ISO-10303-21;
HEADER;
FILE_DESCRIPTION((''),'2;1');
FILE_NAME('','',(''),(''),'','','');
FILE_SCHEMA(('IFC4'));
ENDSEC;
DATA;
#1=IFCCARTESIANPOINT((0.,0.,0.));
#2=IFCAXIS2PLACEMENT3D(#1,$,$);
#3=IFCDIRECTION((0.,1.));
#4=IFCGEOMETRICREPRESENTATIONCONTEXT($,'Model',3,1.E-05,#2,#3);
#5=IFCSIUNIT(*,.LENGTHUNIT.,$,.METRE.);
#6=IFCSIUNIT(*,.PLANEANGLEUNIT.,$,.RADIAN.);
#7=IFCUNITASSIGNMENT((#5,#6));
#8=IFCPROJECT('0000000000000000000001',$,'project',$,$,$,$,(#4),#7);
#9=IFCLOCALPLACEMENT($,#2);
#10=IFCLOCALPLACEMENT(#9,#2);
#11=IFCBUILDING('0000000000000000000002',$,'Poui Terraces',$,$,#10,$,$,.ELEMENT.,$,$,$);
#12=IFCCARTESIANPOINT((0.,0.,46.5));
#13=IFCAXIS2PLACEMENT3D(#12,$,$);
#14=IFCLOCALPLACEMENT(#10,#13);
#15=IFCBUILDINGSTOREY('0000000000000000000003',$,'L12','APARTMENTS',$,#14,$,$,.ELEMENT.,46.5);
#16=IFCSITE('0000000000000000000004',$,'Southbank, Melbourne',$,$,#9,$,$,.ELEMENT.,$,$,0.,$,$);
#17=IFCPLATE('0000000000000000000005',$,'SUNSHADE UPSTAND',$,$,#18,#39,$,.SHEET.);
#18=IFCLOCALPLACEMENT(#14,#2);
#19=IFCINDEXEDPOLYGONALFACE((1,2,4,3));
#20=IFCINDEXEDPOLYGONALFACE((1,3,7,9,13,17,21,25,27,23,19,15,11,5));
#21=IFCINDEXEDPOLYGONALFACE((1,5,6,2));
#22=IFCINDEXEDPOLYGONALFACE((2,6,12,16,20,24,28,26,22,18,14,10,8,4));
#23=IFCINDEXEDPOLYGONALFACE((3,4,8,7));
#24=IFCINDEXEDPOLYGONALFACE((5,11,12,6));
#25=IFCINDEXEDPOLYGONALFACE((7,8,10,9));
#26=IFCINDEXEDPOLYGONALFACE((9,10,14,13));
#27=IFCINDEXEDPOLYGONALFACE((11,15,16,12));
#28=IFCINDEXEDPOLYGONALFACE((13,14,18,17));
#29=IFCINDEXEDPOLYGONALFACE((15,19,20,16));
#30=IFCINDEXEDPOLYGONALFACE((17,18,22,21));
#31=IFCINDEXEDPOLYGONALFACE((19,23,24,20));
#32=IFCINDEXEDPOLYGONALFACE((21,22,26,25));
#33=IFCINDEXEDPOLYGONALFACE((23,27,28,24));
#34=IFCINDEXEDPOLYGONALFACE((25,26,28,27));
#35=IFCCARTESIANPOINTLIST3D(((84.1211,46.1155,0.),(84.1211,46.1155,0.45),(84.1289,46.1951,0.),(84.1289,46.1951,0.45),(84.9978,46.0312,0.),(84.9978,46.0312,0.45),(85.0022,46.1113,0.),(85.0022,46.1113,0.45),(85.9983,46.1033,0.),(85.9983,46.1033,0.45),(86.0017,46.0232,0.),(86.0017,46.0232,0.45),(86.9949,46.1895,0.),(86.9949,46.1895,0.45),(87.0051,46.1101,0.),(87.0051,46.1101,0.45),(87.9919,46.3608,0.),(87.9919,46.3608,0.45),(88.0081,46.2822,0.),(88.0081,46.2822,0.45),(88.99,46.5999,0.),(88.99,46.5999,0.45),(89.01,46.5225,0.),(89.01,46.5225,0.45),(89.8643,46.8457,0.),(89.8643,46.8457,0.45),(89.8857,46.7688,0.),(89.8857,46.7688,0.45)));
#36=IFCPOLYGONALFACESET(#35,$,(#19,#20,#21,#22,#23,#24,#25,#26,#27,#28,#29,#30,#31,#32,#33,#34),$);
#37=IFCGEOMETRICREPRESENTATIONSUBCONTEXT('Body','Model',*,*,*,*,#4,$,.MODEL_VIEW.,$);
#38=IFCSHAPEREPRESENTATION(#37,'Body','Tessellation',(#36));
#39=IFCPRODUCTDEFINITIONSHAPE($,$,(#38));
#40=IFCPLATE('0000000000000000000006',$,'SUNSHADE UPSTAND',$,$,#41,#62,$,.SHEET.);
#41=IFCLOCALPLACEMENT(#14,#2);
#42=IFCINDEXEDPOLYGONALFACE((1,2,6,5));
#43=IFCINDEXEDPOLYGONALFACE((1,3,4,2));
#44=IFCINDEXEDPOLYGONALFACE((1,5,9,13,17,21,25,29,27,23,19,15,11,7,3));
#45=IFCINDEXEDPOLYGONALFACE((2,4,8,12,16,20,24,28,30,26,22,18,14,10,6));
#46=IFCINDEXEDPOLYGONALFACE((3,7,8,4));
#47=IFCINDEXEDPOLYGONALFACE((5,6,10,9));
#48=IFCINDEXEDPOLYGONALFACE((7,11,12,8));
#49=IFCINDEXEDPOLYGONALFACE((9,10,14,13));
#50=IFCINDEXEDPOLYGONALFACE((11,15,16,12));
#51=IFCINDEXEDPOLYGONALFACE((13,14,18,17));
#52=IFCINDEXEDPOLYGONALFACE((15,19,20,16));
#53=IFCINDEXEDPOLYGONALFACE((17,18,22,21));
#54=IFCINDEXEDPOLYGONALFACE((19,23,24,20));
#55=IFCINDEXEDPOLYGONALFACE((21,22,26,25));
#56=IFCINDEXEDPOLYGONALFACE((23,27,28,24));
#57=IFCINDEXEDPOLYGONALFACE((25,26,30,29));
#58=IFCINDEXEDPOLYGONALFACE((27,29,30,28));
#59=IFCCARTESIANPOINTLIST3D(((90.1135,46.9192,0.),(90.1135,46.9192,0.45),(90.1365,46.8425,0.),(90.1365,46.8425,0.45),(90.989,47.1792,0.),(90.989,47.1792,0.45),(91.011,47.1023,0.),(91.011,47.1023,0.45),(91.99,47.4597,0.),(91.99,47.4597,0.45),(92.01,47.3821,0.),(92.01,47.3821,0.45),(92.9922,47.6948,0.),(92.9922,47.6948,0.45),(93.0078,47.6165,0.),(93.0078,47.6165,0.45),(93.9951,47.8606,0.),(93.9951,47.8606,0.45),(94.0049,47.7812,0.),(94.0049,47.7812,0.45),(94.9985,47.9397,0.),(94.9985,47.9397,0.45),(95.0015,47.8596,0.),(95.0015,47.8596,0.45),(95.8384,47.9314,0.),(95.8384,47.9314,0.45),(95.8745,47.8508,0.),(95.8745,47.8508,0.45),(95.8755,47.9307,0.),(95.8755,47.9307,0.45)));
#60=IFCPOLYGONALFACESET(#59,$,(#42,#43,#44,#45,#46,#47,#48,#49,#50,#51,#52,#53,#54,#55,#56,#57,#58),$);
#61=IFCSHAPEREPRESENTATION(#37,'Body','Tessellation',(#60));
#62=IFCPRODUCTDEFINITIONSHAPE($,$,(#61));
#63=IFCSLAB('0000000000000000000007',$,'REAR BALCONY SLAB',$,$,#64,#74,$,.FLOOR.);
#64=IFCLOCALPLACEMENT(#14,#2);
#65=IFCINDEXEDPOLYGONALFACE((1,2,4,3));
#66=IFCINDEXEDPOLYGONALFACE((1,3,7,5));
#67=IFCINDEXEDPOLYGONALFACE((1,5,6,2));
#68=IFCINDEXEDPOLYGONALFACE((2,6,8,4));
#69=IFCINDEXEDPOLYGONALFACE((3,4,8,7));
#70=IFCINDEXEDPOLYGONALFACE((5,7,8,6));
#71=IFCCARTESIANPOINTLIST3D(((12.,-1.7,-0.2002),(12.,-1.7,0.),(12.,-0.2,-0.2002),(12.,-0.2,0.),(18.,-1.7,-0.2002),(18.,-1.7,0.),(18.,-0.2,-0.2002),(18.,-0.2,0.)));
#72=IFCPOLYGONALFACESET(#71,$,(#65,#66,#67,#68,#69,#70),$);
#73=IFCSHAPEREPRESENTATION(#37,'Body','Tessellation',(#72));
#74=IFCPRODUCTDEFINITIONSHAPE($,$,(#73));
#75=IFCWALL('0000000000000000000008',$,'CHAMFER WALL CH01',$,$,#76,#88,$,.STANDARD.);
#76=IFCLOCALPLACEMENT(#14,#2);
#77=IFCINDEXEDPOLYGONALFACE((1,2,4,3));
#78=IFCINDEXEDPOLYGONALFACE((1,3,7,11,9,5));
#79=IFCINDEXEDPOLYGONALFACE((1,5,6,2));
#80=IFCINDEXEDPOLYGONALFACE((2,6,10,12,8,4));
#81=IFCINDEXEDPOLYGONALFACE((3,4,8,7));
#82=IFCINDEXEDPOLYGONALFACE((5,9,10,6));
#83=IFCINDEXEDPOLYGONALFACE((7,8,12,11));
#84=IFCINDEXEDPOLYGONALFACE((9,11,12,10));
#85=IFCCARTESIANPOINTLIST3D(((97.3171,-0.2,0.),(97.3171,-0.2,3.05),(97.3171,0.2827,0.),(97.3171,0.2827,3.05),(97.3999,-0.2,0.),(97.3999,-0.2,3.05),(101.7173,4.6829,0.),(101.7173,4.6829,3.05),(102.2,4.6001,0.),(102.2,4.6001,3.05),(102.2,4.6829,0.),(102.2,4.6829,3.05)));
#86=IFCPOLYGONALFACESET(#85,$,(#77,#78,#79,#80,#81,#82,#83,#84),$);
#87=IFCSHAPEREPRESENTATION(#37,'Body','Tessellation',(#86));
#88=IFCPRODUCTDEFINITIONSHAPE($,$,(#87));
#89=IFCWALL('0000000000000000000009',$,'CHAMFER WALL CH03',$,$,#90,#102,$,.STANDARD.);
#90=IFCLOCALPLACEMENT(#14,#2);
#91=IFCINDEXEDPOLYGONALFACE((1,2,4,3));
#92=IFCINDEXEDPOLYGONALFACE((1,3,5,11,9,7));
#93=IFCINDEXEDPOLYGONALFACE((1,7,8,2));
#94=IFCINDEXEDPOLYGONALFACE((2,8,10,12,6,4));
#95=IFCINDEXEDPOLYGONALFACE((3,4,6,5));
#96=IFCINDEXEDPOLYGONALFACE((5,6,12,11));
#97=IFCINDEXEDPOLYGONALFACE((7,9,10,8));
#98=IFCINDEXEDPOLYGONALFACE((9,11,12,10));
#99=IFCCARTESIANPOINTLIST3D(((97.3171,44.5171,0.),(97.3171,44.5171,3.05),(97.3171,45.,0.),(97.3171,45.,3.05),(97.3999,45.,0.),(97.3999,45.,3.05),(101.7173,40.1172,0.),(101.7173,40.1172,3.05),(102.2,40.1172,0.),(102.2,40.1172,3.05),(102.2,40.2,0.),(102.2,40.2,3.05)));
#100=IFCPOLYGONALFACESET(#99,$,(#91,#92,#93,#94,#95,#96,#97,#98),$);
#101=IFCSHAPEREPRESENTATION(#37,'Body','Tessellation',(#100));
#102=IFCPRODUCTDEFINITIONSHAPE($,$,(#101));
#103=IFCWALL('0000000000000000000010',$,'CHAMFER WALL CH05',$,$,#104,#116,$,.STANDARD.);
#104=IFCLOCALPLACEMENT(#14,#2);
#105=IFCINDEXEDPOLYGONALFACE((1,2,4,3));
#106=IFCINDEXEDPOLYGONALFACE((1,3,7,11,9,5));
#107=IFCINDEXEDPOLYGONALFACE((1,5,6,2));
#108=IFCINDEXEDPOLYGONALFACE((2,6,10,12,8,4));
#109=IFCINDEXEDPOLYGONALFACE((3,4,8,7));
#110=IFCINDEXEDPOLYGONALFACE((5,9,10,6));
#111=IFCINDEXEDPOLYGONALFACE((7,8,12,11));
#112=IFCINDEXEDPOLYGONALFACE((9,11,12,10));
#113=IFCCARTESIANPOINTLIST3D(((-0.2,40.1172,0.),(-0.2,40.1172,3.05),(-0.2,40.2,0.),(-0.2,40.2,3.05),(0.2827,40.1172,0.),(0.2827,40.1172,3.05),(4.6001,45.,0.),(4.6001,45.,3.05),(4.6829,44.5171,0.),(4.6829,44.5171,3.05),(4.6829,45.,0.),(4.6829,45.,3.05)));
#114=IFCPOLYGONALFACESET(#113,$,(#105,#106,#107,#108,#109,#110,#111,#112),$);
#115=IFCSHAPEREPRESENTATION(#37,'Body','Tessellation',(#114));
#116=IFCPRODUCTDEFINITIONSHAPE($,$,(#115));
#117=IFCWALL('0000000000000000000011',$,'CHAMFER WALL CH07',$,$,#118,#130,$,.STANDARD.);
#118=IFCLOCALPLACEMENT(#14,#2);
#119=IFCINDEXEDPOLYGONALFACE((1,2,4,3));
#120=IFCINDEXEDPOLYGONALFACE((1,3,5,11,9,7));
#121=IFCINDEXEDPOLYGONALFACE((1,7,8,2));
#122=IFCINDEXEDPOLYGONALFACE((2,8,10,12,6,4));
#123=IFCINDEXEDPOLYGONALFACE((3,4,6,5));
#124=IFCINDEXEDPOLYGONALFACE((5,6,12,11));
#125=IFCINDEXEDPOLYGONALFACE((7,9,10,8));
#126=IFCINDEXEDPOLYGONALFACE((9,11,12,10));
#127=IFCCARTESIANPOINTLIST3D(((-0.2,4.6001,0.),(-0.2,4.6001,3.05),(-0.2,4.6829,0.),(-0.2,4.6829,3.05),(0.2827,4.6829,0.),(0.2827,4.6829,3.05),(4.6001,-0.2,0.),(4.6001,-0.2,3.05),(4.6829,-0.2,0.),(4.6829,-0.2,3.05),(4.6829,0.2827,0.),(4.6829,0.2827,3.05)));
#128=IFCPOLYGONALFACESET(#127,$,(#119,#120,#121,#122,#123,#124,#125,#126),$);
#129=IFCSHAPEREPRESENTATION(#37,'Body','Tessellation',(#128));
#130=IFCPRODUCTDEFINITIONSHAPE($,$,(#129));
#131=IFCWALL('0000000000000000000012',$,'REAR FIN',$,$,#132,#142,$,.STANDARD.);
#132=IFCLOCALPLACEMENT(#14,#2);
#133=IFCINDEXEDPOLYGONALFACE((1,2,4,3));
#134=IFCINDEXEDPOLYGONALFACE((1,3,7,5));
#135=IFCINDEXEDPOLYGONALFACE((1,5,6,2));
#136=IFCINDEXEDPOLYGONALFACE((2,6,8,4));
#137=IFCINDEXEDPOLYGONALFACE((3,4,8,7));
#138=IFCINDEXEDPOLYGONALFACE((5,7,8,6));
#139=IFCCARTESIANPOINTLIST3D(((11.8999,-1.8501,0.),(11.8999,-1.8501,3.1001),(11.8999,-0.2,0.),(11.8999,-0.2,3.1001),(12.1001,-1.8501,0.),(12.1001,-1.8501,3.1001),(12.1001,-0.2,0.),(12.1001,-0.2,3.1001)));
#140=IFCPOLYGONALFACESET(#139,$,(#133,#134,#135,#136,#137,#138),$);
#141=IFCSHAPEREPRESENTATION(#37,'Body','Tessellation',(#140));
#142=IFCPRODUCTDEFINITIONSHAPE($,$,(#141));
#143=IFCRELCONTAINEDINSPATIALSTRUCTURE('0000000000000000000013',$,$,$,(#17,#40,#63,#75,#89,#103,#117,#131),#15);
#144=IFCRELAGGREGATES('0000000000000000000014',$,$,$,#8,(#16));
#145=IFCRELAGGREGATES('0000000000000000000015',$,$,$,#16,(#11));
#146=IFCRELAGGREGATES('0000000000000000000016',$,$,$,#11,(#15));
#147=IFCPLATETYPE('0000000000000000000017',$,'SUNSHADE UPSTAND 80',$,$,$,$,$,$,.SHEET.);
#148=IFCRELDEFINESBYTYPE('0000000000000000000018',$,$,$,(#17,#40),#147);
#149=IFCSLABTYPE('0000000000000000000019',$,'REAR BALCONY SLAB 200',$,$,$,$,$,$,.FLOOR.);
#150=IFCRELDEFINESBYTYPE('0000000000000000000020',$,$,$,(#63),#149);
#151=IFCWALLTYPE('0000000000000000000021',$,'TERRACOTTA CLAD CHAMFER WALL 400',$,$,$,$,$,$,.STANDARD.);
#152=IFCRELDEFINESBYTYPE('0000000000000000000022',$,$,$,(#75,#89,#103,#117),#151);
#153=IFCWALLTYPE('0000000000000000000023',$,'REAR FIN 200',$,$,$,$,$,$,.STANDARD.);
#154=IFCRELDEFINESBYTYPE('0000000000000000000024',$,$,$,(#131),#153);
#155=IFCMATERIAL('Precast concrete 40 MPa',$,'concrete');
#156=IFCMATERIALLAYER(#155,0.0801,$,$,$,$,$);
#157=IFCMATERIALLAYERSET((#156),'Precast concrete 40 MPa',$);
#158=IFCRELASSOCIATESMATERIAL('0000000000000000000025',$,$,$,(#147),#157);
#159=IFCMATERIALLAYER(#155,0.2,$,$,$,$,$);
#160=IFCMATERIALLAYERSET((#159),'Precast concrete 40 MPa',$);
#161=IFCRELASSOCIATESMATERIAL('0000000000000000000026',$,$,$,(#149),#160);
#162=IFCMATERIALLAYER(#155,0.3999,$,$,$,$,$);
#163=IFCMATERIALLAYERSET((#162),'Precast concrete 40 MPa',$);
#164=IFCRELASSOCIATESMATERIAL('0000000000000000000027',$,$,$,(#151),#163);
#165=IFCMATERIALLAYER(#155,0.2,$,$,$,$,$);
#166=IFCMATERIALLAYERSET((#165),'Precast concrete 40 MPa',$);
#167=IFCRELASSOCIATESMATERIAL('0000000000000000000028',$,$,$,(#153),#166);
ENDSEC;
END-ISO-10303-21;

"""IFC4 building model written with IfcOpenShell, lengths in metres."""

from ifc_helpers import new_model, si_unit, direction, frame, origin, place, context, subcontext, project, spatial, polyline, outline, extrude, source, transform, mapped, material, layer, layer_set, type_object, element, save


model = new_model("IFC4")

# Units and contexts
model_context = context("Model", 3, precision=1e-05, world=origin(), true_north=direction((0.0, 1.0)))
body_context = subcontext(model_context, "Body", "Model", "MODEL_VIEW")
ifc_project = project(units=[si_unit("LENGTHUNIT", "METRE"), si_unit("PLANEANGLEUNIT", "RADIAN")], contexts=[model_context])

# Site, building, storey
site_placement = place(None, origin())
site = spatial("IfcSite", under=ifc_project, at=site_placement, Name="Southbank, Melbourne", CompositionType="ELEMENT", RefElevation=0.0)
building_placement = place(site_placement, origin())
building = spatial("IfcBuilding", under=site, at=building_placement, Name="Poui Terraces", CompositionType="ELEMENT")
storey_placement = place(building_placement, frame((0.0, 0.0, 46.5)))
storey = spatial("IfcBuildingStorey", under=building, at=storey_placement, Name="L12", Description="APARTMENTS", CompositionType="ELEMENT", Elevation=46.5)

# Shared definitions
ifc_material_1 = material(Name="Precast concrete 40 MPa", Category="concrete")

# Plates
ifc_layer_1 = layer(ifc_material_1, 0.0801)
ifc_layer_set_1 = layer_set([ifc_layer_1], Name="Precast concrete 40 MPa")
plate_type = type_object("IfcPlateType", Name="SUNSHADE UPSTAND 80", PredefinedType="SHEET", material=ifc_layer_set_1)
plate_1_placement = place(storey_placement, origin())
element("IfcPlate", 1, at=plate_1_placement, inside=storey, type_object=plate_type, Name="SUNSHADE UPSTAND", PredefinedType="SHEET", context=body_context, shape_type="SweptSolid", body=[
    extrude(outline(polyline([(85.0022, 46.1113), (84.1289, 46.1951), (84.1211, 46.1155), (84.9978, 46.0312), (86.0017, 46.0232), (87.0051, 46.1101), (88.0081, 46.2822), (89.01, 46.5225), (89.8857, 46.7688), (89.8643, 46.8457), (88.99, 46.5999), (87.9919, 46.3608), (86.9949, 46.1895), (85.9983, 46.1033), (85.0022, 46.1113)])), origin(), (0.0, 0.0, 1.0), 0.45),
])
plate_2_placement = place(storey_placement, origin())
element("IfcPlate", 2, at=plate_2_placement, inside=storey, type_object=plate_type, Name="SUNSHADE UPSTAND", PredefinedType="SHEET", context=body_context, shape_type="SweptSolid", body=[
    extrude(outline(polyline([(90.989, 47.1792), (90.1135, 46.9192), (90.1365, 46.8425), (91.011, 47.1023), (92.01, 47.3821), (93.0078, 47.6165), (94.0049, 47.7812), (95.0015, 47.8596), (95.8745, 47.8508), (95.8755, 47.9307), (95.8384, 47.9314), (94.9985, 47.9397), (93.9951, 47.8606), (92.9922, 47.6948), (91.99, 47.4597), (90.989, 47.1792)])), origin(), (0.0, 0.0, 1.0), 0.45),
])

# Slab
ifc_layer_2 = layer(ifc_material_1, 0.2)
ifc_layer_set_2 = layer_set([ifc_layer_2], Name="Precast concrete 40 MPa")
slab_type_1 = type_object("IfcSlabType", Name="REAR BALCONY SLAB 200", PredefinedType="FLOOR", material=ifc_layer_set_2)
shared_shape_1 = source(origin(), body_context, "Body", "SweptSolid", [
    extrude(outline(polyline([(0.0, 0.0), (6.0, 0.0), (6.0, 1.5), (0.0, 1.5), (0.0, 0.0)])), origin(), (0.0, 0.0, 1.0), 0.2002),
])
slab_1_placement = place(storey_placement, frame((12.0, -1.7, -0.2002)))
element("IfcSlab", 3, at=slab_1_placement, inside=storey, type_object=slab_type_1, Name="REAR BALCONY SLAB", PredefinedType="FLOOR", context=body_context, shape_type="MappedRepresentation", body=[
    mapped(shared_shape_1, transform((0.0, 0.0, 0.0))),
])

# Walls
ifc_layer_3 = layer(ifc_material_1, 0.3999)
ifc_layer_set_3 = layer_set([ifc_layer_3], Name="Precast concrete 40 MPa")
wall_type_1 = type_object("IfcWallType", Name="TERRACOTTA CLAD CHAMFER WALL 400", PredefinedType="STANDARD", material=ifc_layer_set_3)
wall_1_placement = place(storey_placement, origin())
element("IfcWall", 4, at=wall_1_placement, inside=storey, type_object=wall_type_1, Name="CHAMFER WALL CH01", PredefinedType="STANDARD", context=body_context, shape_type="SweptSolid", body=[
    extrude(outline(polyline([(97.3171, -0.2), (97.3999, -0.2), (102.2, 4.6001), (102.2, 4.6829), (101.7173, 4.6829), (97.3171, 0.2827), (97.3171, -0.2)])), origin(), (0.0, 0.0, 1.0), 3.05),
])
wall_2_placement = place(storey_placement, origin())
element("IfcWall", 5, at=wall_2_placement, inside=storey, type_object=wall_type_1, Name="CHAMFER WALL CH03", PredefinedType="STANDARD", context=body_context, shape_type="SweptSolid", body=[
    extrude(outline(polyline([(102.2, 40.1172), (102.2, 40.2), (97.3999, 45.0), (97.3171, 45.0), (97.3171, 44.5171), (101.7173, 40.1172), (102.2, 40.1172)])), origin(), (0.0, 0.0, 1.0), 3.05),
])
wall_3_placement = place(storey_placement, origin())
element("IfcWall", 6, at=wall_3_placement, inside=storey, type_object=wall_type_1, Name="CHAMFER WALL CH05", PredefinedType="STANDARD", context=body_context, shape_type="SweptSolid", body=[
    extrude(outline(polyline([(4.6829, 45.0), (4.6001, 45.0), (-0.2, 40.2), (-0.2, 40.1172), (0.2827, 40.1172), (4.6829, 44.5171), (4.6829, 45.0)])), origin(), (0.0, 0.0, 1.0), 3.05),
])
wall_4_placement = place(storey_placement, origin())
element("IfcWall", 7, at=wall_4_placement, inside=storey, type_object=wall_type_1, Name="CHAMFER WALL CH07", PredefinedType="STANDARD", context=body_context, shape_type="SweptSolid", body=[
    extrude(outline(polyline([(-0.2, 4.6829), (-0.2, 4.6001), (4.6001, -0.2), (4.6829, -0.2), (4.6829, 0.2827), (0.2827, 4.6829), (-0.2, 4.6829)])), origin(), (0.0, 0.0, 1.0), 3.05),
])
ifc_layer_4 = layer(ifc_material_1, 0.2)
ifc_layer_set_4 = layer_set([ifc_layer_4], Name="Precast concrete 40 MPa")
wall_type_2 = type_object("IfcWallType", Name="REAR FIN 200", PredefinedType="STANDARD", material=ifc_layer_set_4)
shared_shape_2 = source(origin(), body_context, "Body", "SweptSolid", [
    extrude(outline(polyline([(0.0, 0.0), (0.2002, 0.0), (0.2002, 1.6501), (0.0, 1.6501), (0.0, 0.0)])), origin(), (0.0, 0.0, 1.0), 3.1001),
])
wall_5_placement = place(storey_placement, frame((11.8999, -1.8501, 0.0)))
element("IfcWall", 8, at=wall_5_placement, inside=storey, type_object=wall_type_2, Name="REAR FIN", PredefinedType="STANDARD", context=body_context, shape_type="MappedRepresentation", body=[
    mapped(shared_shape_2, transform((0.0, 0.0, 0.0))),
])

save(model, "model.ifc")
